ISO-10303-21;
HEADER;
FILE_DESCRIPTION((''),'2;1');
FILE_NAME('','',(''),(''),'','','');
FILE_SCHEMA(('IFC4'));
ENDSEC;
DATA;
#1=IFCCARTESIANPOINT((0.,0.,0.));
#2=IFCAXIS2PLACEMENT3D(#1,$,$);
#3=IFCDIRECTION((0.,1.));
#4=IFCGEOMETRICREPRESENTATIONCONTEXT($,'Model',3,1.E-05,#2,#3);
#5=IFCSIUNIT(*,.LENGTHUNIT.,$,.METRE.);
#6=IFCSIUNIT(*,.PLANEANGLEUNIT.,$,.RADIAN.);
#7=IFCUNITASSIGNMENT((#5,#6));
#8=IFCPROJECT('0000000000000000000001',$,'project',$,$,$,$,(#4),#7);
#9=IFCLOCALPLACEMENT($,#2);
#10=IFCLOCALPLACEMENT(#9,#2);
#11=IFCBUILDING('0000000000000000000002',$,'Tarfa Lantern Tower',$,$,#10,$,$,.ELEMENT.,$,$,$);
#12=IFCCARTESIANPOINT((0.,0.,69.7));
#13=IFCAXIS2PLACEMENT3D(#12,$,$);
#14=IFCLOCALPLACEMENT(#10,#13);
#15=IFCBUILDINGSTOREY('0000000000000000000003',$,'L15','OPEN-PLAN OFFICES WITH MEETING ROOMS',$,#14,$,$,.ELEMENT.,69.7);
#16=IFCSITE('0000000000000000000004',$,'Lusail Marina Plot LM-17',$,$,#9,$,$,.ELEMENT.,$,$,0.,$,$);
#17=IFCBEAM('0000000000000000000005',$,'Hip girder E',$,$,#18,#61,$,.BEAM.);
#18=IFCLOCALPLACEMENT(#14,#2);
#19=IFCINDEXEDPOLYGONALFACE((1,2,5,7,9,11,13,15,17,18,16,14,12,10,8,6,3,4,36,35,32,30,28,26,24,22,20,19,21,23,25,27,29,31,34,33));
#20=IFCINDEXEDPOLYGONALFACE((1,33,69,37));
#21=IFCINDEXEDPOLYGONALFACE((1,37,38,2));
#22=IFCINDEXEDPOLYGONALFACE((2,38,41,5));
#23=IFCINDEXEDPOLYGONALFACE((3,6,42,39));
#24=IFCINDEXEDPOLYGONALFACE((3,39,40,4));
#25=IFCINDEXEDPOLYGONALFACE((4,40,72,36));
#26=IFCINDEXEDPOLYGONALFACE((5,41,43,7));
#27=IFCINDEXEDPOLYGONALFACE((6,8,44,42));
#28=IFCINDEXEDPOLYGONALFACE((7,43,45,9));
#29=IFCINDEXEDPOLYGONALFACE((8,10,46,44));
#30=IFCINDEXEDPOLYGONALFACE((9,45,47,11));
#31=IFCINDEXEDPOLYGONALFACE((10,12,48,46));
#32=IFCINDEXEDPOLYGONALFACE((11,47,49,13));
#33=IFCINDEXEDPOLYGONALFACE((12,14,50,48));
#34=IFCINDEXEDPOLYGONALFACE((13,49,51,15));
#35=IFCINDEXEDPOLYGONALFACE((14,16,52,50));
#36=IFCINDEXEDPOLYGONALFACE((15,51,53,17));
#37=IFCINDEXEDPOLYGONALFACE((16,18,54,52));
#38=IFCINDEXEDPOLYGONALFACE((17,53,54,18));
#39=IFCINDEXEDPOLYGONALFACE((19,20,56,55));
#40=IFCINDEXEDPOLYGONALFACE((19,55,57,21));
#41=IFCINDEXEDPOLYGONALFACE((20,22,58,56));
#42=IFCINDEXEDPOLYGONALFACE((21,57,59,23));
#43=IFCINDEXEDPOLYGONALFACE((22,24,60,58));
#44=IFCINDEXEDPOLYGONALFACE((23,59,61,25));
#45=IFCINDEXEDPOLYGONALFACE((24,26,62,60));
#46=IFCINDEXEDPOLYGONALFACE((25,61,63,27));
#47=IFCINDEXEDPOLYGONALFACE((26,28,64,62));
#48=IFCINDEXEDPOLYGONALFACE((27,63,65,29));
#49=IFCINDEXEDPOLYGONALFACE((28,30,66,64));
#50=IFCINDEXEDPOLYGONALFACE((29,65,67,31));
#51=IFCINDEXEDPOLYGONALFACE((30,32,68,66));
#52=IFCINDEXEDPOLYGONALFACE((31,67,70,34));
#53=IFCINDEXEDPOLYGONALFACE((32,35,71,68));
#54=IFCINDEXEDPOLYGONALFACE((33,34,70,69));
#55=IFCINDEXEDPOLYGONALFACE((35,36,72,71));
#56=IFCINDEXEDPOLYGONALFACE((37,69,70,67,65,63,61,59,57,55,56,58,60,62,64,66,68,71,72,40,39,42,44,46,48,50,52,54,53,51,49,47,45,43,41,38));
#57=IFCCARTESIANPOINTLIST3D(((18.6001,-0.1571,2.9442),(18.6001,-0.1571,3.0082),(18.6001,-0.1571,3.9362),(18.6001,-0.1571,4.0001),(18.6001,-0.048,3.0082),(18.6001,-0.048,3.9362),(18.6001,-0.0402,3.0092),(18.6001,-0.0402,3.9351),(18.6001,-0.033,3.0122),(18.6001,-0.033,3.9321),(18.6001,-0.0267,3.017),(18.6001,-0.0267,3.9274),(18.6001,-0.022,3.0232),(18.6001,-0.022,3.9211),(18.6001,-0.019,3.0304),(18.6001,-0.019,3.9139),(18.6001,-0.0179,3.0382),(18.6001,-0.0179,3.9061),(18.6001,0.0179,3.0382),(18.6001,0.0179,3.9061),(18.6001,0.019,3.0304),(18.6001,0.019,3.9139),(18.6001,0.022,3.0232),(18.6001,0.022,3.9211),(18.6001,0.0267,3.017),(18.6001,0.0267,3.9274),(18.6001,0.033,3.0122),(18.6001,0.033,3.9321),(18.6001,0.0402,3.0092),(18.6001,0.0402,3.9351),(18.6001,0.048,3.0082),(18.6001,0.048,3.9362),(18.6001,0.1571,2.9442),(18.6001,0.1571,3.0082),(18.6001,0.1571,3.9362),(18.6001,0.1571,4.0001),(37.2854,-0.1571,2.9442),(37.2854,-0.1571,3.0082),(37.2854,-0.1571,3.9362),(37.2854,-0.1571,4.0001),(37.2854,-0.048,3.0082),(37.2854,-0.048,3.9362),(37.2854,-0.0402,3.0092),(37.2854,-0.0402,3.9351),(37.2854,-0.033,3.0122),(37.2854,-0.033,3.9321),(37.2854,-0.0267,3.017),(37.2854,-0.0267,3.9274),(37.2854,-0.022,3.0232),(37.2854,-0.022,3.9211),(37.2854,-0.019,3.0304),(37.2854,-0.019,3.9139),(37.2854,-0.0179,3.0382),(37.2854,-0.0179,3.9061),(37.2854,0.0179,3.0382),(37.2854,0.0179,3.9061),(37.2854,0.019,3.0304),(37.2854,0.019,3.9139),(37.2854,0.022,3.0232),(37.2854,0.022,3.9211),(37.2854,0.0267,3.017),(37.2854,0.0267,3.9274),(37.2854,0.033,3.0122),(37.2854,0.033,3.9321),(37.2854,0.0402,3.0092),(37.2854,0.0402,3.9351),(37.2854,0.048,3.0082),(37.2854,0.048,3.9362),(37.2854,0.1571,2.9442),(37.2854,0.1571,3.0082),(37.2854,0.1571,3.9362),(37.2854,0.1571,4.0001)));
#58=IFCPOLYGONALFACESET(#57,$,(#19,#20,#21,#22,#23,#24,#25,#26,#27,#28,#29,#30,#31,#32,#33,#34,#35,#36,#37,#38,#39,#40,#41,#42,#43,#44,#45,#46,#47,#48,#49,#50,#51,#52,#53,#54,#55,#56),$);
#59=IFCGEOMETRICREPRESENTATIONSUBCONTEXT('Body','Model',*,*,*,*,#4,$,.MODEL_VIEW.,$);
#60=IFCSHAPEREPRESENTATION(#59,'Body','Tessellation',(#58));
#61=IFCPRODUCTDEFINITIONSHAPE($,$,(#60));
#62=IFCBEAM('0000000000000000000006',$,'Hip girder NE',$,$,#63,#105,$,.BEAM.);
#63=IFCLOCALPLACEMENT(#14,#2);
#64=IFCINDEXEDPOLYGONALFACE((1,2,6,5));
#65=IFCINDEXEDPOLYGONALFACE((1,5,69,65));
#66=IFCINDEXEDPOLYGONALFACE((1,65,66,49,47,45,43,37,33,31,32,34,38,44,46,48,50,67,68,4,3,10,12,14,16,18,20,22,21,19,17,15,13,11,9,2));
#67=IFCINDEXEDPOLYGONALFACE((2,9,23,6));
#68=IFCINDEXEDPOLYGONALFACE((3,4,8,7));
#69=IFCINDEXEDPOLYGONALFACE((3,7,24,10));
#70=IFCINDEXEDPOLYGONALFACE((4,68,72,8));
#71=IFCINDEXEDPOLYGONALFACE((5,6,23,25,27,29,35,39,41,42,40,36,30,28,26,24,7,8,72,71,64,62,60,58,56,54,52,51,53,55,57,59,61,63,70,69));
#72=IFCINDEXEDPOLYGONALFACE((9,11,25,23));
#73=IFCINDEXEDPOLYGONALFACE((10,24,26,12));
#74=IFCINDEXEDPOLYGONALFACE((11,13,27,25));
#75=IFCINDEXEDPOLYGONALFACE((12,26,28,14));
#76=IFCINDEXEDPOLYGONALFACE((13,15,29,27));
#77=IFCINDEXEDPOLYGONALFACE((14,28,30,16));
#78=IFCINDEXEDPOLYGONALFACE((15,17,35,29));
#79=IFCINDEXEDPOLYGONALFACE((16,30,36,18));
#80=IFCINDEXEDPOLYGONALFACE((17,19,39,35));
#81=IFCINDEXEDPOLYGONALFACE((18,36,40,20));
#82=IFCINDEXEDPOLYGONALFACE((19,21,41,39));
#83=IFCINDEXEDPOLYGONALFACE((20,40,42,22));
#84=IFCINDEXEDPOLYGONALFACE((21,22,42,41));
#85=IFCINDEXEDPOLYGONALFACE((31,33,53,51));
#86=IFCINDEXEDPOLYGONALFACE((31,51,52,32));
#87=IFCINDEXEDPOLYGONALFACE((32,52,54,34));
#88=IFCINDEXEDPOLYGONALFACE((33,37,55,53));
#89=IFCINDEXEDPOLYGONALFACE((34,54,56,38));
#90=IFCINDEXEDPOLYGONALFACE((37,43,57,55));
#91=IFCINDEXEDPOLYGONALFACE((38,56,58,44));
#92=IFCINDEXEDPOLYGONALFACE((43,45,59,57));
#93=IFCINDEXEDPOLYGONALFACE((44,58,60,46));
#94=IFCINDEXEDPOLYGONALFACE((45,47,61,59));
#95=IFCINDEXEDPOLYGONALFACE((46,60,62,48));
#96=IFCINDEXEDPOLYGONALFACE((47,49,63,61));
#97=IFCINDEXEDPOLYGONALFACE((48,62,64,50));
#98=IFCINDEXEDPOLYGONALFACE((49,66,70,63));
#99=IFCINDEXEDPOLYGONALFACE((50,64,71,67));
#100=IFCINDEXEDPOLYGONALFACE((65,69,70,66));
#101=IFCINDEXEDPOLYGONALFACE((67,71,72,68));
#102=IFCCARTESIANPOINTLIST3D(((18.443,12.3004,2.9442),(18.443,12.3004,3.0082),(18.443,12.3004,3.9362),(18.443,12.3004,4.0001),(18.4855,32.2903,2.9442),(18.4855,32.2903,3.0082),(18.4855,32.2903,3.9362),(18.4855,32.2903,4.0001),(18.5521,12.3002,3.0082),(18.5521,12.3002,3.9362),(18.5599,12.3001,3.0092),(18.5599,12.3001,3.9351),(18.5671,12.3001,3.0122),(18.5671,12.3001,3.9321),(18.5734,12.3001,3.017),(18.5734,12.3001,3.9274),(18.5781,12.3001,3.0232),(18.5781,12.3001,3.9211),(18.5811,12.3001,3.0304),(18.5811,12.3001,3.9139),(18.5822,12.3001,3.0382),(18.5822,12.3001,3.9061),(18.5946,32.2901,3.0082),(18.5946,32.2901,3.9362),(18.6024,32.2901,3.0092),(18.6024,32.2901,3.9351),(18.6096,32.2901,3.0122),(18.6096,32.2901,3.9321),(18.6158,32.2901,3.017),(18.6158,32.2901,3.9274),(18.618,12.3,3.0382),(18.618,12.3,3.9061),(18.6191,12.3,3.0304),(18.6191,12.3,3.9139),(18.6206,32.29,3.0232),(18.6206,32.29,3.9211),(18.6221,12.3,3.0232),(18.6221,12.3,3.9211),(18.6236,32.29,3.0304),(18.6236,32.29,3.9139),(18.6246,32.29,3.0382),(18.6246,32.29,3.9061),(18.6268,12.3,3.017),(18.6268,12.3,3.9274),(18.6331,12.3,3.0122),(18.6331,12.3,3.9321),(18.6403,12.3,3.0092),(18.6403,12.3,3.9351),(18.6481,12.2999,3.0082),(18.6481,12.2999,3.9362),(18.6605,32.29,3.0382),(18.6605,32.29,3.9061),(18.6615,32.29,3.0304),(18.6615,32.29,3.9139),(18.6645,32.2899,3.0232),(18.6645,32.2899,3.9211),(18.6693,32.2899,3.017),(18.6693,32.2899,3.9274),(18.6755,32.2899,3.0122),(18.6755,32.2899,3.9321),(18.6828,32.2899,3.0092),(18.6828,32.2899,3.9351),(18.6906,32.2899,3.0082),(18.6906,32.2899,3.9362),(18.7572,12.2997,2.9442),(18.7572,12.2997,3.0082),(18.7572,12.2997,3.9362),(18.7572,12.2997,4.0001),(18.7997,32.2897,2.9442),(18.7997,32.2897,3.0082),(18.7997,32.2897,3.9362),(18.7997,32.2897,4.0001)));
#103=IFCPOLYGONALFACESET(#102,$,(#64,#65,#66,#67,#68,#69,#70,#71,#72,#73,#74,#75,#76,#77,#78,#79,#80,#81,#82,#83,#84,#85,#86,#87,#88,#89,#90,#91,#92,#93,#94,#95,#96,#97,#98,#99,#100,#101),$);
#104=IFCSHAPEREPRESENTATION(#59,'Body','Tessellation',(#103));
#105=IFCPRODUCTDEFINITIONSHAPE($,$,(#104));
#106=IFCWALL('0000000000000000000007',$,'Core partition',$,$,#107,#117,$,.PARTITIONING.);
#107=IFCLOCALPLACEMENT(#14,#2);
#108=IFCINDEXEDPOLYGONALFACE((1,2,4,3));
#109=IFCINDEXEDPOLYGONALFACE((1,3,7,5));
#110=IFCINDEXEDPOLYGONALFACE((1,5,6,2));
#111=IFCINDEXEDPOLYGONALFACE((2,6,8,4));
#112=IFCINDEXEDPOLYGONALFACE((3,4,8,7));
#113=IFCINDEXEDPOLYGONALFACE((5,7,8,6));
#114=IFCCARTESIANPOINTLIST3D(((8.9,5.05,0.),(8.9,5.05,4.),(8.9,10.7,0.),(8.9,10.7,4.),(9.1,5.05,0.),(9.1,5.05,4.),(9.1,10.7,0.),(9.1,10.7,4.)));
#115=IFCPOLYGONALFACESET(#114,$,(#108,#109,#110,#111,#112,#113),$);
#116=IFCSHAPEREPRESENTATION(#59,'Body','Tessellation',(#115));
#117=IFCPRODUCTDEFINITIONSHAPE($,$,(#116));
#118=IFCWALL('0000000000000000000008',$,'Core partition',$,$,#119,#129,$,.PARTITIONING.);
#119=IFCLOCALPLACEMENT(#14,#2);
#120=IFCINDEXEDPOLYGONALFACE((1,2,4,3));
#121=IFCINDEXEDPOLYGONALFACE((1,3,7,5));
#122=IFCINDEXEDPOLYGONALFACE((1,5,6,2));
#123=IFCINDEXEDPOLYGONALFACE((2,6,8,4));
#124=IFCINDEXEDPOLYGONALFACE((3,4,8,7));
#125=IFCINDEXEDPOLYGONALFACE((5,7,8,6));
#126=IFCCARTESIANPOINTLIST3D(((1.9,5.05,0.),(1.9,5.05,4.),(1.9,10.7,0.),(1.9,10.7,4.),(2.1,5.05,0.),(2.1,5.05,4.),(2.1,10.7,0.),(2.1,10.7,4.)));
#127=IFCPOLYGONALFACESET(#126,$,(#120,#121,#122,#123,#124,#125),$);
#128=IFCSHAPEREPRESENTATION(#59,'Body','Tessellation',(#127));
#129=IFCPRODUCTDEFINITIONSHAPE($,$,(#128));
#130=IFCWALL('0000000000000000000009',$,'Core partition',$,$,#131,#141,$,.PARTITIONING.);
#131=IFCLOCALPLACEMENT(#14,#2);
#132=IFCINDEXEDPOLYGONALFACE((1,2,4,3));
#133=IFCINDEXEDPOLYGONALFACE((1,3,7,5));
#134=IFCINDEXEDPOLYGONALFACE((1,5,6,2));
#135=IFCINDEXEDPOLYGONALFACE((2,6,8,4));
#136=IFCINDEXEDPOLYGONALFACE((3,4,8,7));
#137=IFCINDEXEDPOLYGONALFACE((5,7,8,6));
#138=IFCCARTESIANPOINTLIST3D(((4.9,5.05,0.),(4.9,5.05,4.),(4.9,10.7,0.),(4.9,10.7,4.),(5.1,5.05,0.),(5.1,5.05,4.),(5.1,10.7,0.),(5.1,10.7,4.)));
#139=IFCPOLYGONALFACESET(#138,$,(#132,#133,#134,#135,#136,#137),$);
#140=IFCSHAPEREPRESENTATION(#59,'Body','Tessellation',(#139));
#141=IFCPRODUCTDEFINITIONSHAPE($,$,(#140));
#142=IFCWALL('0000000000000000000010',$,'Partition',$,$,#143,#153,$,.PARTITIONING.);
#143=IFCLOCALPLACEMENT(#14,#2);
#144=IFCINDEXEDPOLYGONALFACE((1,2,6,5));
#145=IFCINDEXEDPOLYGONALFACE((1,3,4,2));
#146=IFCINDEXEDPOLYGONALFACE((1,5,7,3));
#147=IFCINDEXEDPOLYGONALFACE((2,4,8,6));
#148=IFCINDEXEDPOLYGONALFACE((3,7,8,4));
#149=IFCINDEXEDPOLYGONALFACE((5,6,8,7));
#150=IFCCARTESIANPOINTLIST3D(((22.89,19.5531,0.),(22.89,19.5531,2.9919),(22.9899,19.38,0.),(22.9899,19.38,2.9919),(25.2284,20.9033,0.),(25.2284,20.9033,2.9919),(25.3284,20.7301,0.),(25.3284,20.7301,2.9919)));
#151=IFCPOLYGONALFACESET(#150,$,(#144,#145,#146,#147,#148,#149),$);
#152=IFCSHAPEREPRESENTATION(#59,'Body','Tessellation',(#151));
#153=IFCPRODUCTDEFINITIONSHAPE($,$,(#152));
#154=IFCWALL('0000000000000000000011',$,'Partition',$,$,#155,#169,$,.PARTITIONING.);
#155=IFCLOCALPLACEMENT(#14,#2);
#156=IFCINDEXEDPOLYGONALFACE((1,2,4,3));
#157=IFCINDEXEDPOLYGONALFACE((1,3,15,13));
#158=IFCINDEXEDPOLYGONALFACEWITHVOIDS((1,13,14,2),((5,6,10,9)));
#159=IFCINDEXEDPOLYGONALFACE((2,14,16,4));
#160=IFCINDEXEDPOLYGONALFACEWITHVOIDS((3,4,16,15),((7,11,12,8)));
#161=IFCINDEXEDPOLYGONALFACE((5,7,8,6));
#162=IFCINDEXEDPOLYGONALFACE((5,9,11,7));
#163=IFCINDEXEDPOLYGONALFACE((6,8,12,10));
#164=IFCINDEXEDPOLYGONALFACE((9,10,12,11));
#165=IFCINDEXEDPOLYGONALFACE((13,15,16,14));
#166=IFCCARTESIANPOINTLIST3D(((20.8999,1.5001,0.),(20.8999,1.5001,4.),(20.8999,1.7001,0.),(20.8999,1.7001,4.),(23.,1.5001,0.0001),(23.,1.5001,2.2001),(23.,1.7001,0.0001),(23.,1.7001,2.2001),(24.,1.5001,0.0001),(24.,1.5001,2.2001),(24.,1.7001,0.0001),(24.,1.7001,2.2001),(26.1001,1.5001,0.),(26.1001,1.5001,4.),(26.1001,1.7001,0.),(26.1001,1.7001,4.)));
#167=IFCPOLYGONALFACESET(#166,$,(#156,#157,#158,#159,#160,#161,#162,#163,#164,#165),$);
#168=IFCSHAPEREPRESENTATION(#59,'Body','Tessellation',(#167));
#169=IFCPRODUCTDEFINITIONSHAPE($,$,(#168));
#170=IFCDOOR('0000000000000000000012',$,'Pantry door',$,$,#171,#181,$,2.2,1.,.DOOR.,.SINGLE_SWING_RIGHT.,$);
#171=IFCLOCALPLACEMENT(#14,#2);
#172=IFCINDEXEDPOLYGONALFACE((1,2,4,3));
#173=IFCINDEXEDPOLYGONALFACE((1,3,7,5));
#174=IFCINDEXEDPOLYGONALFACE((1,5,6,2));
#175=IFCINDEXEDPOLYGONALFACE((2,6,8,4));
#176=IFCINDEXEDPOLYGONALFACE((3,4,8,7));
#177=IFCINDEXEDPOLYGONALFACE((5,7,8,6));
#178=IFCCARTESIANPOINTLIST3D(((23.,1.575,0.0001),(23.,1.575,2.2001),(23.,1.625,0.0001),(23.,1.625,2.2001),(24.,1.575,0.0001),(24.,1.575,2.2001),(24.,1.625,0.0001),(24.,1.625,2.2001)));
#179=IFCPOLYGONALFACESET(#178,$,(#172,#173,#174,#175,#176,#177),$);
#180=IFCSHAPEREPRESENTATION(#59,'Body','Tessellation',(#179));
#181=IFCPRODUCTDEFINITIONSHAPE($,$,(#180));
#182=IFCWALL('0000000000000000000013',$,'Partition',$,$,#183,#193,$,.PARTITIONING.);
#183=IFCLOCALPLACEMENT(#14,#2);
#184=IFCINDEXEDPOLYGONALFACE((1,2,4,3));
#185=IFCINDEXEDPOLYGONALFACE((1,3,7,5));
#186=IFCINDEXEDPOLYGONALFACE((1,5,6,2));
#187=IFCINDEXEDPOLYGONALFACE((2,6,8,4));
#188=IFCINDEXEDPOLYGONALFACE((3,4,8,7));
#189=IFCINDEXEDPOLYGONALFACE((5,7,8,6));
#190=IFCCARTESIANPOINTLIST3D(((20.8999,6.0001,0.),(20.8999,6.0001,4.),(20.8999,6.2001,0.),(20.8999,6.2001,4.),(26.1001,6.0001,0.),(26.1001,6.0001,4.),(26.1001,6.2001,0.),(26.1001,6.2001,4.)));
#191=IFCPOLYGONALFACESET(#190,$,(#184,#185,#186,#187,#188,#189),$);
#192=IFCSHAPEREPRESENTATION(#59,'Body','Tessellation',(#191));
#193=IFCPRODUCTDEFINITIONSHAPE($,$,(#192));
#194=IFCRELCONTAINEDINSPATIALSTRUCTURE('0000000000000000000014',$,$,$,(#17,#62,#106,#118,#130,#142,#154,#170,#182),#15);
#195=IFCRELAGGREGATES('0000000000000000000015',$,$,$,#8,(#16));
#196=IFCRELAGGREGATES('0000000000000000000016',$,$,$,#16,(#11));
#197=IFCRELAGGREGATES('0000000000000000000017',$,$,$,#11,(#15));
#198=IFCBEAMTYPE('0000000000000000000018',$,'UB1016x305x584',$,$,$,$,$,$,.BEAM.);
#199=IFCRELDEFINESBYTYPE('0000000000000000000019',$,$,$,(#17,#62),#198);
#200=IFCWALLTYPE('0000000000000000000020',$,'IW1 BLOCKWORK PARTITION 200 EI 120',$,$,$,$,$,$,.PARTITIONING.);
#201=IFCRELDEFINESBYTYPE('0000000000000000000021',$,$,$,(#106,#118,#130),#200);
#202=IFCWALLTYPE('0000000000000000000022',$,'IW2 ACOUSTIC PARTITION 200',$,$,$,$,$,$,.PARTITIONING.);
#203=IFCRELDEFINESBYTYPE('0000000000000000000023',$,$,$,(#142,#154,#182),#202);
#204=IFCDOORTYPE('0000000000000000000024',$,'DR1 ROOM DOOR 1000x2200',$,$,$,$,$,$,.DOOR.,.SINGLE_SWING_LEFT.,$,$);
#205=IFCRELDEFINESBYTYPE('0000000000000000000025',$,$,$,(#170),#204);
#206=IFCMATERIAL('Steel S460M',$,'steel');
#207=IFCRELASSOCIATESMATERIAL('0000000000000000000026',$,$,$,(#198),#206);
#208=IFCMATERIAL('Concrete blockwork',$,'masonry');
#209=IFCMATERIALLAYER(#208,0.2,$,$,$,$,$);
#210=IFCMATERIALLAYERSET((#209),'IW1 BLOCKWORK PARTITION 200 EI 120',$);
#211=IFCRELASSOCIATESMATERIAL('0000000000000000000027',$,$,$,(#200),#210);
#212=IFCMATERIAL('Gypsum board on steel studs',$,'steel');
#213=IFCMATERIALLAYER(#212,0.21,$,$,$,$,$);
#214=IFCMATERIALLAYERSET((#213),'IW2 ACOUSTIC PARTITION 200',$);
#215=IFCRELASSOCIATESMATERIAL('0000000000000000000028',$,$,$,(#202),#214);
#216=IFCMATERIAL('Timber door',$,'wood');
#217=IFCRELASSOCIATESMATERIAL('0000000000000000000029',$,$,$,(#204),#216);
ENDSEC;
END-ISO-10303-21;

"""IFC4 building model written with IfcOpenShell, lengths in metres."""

from ifc_helpers import new_model, si_unit, direction, frame, frame_2d, origin, origin_2d, place, context, subcontext, project, spatial, rectangle, i_section, extrude, material, layer, layer_set, material_profile, profile_set, type_object, element, fill, save


model = new_model("IFC4")

# Units and contexts
model_context = context("Model", 3, precision=1e-05, world=origin(), true_north=direction((0.0, 1.0)))
body_context = subcontext(model_context, "Body", "Model", "MODEL_VIEW")
ifc_project = project(units=[si_unit("LENGTHUNIT", "METRE"), si_unit("PLANEANGLEUNIT", "RADIAN")], contexts=[model_context])

# Site, building, storey
site_placement = place(None, origin())
site = spatial("IfcSite", under=ifc_project, at=site_placement, Name="Lusail Marina Plot LM-17", CompositionType="ELEMENT", RefElevation=0.0)
building_placement = place(site_placement, origin())
building = spatial("IfcBuilding", under=site, at=building_placement, Name="Tarfa Lantern Tower", CompositionType="ELEMENT")
storey_placement = place(building_placement, frame((0.0, 0.0, 69.7)))
storey = spatial("IfcBuildingStorey", under=building, at=storey_placement, Name="L15", Description="OPEN-PLAN OFFICES WITH MEETING ROOMS", CompositionType="ELEMENT", Elevation=69.7)

# Beams
ifc_material_1 = material(Name="Steel S460M", Category="steel")
ifc_material_profile = material_profile(ifc_material_1, i_section(OverallWidth=0.3142, OverallDepth=1.0559, WebThickness=0.0359, FlangeThickness=0.064, FilletRadius=0.03, at=origin_2d()), Name="UB1016x305x584")
ifc_profile_set = profile_set([ifc_material_profile], Name="Steel S460M")
beam_type = type_object("IfcBeamType", Name="UB1016x305x584", PredefinedType="BEAM", material=ifc_profile_set)
beam_1_placement = place(storey_placement, frame((18.6001, 0.0, 3.4722), z_axis=(1.0, 0.0, 0.0), x_axis=(0.0, 1.0, 0.0)))
element("IfcBeam", 1, at=beam_1_placement, inside=storey, type_object=beam_type, Name="Hip girder E", PredefinedType="BEAM", context=body_context, shape_type="SweptSolid", body=[
    extrude(i_section(OverallWidth=0.3142, OverallDepth=1.0559, WebThickness=0.0359, FlangeThickness=0.064, FilletRadius=0.03, at=origin_2d()), origin(), (0.0, 0.0, 1.0), 18.6853),
])
beam_2_placement = place(storey_placement, frame((18.6001, 12.3, 3.4722), z_axis=(0.002125, 0.999998, 0.0), x_axis=(-0.999998, 0.002125, 0.0)))
element("IfcBeam", 2, at=beam_2_placement, inside=storey, type_object=beam_type, Name="Hip girder NE", PredefinedType="BEAM", context=body_context, shape_type="SweptSolid", body=[
    extrude(i_section(OverallWidth=0.3142, OverallDepth=1.0559, WebThickness=0.0359, FlangeThickness=0.064, FilletRadius=0.03, at=origin_2d()), origin(), (0.0, 0.0, 1.0), 19.99),
])

# Walls
ifc_material_2 = material(Name="Concrete blockwork", Category="masonry")
ifc_layer_1 = layer(ifc_material_2, 0.2)
ifc_layer_set_1 = layer_set([ifc_layer_1], Name="IW1 BLOCKWORK PARTITION 200 EI 120")
wall_type_1 = type_object("IfcWallType", Name="IW1 BLOCKWORK PARTITION 200 EI 120", PredefinedType="PARTITIONING", material=ifc_layer_set_1)
for number, where, z_axis, x_axis, name in (
    (3, (9.0, 5.05, 0.0), (0.0, 0.0, 1.0), (0.0, 1.0, 0.0), "Core partition"),
    (4, (2.0, 5.05, 0.0), (0.0, 0.0, 1.0), (0.0, 1.0, 0.0), "Core partition"),
    (5, (5.0, 5.05, 0.0), (0.0, 0.0, 1.0), (0.0, 1.0, 0.0), "Core partition"),
):
    element("IfcWall", number, at=place(storey_placement, frame(where, z_axis=z_axis, x_axis=x_axis)), inside=storey, type_object=wall_type_1, Name=name, PredefinedType="PARTITIONING", context=body_context, shape_type="SweptSolid", body=[
        extrude(rectangle(XDim=5.6499, YDim=0.2, at=frame_2d((2.825, 0.0))), origin(), (0.0, 0.0, 1.0), 4.0),
    ])
ifc_material_3 = material(Name="Gypsum board on steel studs", Category="steel")
ifc_layer_2 = layer(ifc_material_3, 0.21)
ifc_layer_set_2 = layer_set([ifc_layer_2], Name="IW2 ACOUSTIC PARTITION 200")
wall_type_2 = type_object("IfcWallType", Name="IW2 ACOUSTIC PARTITION 200", PredefinedType="PARTITIONING", material=ifc_layer_set_2)
wall_1_placement = place(storey_placement, frame((22.9399, 19.4666, 0.0), z_axis=(0.0, 0.0, 1.0), x_axis=(0.86602, 0.500009, 0.0)))
element("IfcWall", 6, at=wall_1_placement, inside=storey, type_object=wall_type_2, Name="Partition", PredefinedType="PARTITIONING", context=body_context, shape_type="SweptSolid", body=[
    extrude(rectangle(XDim=2.7002, YDim=0.2, at=frame_2d((1.3501, 0.0))), origin(), (0.0, 0.0, 1.0), 2.9919),
])

# Wall, opening, door
wall_2_placement = place(storey_placement, frame((20.8999, 1.6001, 0.0), z_axis=(0.0, 0.0, 1.0), x_axis=(1.0, 0.0, 0.0)))
wall_2 = element("IfcWall", 7, at=wall_2_placement, inside=storey, type_object=wall_type_2, Name="Partition", PredefinedType="PARTITIONING", context=body_context, shape_type="SweptSolid", body=[
    extrude(rectangle(XDim=5.2002, YDim=0.2, at=frame_2d((2.6001, 0.0))), origin(), (0.0, 0.0, 1.0), 4.0),
])
opening_1_placement = place(wall_2_placement, frame((2.1001, 0.0, 0.0)))
opening_1 = element("IfcOpeningElement", 8, at=opening_1_placement, cuts=wall_2, PredefinedType="OPENING", context=body_context, shape_type="SweptSolid", body=[
    extrude(rectangle(XDim=1.0, YDim=2.2, at=frame_2d((0.5, 1.1001))), frame((0.0, 0.1099, 0.0), z_axis=(0.0, -1.0, 0.0), x_axis=(1.0, 0.0, 0.0)), (0.0, 0.0, 1.0), 0.22),
])
ifc_material_4 = material(Name="Timber door", Category="wood")
door_type_1 = type_object("IfcDoorType", Name="DR1 ROOM DOOR 1000x2200", OperationType="SINGLE_SWING_LEFT", PredefinedType="DOOR", material=ifc_material_4)
door_1_placement = place(opening_1_placement, origin())
door_1 = element("IfcDoor", 9, at=door_1_placement, inside=storey, type_object=door_type_1, Name="Pantry door", OperationType="SINGLE_SWING_RIGHT", OverallHeight=2.2, OverallWidth=1.0, PredefinedType="DOOR", context=body_context, shape_type="SweptSolid", body=[
    extrude(rectangle(XDim=1.0, YDim=2.2, at=frame_2d((0.5, 1.1001))), frame((0.0, 0.0249, 0.0), z_axis=(0.0, -1.0, 0.0), x_axis=(1.0, 0.0, 0.0)), (0.0, 0.0, 1.0), 0.05),
])
fill(opening_1, door_1)

# Wall
wall_3_placement = place(storey_placement, frame((20.8999, 6.1001, 0.0), z_axis=(0.0, 0.0, 1.0), x_axis=(1.0, 0.0, 0.0)))
element("IfcWall", 10, at=wall_3_placement, inside=storey, type_object=wall_type_2, Name="Partition", PredefinedType="PARTITIONING", context=body_context, shape_type="SweptSolid", body=[
    extrude(rectangle(XDim=5.2002, YDim=0.2, at=frame_2d((2.6001, 0.0))), origin(), (0.0, 0.0, 1.0), 4.0),
])

save(model, "model.ifc")
